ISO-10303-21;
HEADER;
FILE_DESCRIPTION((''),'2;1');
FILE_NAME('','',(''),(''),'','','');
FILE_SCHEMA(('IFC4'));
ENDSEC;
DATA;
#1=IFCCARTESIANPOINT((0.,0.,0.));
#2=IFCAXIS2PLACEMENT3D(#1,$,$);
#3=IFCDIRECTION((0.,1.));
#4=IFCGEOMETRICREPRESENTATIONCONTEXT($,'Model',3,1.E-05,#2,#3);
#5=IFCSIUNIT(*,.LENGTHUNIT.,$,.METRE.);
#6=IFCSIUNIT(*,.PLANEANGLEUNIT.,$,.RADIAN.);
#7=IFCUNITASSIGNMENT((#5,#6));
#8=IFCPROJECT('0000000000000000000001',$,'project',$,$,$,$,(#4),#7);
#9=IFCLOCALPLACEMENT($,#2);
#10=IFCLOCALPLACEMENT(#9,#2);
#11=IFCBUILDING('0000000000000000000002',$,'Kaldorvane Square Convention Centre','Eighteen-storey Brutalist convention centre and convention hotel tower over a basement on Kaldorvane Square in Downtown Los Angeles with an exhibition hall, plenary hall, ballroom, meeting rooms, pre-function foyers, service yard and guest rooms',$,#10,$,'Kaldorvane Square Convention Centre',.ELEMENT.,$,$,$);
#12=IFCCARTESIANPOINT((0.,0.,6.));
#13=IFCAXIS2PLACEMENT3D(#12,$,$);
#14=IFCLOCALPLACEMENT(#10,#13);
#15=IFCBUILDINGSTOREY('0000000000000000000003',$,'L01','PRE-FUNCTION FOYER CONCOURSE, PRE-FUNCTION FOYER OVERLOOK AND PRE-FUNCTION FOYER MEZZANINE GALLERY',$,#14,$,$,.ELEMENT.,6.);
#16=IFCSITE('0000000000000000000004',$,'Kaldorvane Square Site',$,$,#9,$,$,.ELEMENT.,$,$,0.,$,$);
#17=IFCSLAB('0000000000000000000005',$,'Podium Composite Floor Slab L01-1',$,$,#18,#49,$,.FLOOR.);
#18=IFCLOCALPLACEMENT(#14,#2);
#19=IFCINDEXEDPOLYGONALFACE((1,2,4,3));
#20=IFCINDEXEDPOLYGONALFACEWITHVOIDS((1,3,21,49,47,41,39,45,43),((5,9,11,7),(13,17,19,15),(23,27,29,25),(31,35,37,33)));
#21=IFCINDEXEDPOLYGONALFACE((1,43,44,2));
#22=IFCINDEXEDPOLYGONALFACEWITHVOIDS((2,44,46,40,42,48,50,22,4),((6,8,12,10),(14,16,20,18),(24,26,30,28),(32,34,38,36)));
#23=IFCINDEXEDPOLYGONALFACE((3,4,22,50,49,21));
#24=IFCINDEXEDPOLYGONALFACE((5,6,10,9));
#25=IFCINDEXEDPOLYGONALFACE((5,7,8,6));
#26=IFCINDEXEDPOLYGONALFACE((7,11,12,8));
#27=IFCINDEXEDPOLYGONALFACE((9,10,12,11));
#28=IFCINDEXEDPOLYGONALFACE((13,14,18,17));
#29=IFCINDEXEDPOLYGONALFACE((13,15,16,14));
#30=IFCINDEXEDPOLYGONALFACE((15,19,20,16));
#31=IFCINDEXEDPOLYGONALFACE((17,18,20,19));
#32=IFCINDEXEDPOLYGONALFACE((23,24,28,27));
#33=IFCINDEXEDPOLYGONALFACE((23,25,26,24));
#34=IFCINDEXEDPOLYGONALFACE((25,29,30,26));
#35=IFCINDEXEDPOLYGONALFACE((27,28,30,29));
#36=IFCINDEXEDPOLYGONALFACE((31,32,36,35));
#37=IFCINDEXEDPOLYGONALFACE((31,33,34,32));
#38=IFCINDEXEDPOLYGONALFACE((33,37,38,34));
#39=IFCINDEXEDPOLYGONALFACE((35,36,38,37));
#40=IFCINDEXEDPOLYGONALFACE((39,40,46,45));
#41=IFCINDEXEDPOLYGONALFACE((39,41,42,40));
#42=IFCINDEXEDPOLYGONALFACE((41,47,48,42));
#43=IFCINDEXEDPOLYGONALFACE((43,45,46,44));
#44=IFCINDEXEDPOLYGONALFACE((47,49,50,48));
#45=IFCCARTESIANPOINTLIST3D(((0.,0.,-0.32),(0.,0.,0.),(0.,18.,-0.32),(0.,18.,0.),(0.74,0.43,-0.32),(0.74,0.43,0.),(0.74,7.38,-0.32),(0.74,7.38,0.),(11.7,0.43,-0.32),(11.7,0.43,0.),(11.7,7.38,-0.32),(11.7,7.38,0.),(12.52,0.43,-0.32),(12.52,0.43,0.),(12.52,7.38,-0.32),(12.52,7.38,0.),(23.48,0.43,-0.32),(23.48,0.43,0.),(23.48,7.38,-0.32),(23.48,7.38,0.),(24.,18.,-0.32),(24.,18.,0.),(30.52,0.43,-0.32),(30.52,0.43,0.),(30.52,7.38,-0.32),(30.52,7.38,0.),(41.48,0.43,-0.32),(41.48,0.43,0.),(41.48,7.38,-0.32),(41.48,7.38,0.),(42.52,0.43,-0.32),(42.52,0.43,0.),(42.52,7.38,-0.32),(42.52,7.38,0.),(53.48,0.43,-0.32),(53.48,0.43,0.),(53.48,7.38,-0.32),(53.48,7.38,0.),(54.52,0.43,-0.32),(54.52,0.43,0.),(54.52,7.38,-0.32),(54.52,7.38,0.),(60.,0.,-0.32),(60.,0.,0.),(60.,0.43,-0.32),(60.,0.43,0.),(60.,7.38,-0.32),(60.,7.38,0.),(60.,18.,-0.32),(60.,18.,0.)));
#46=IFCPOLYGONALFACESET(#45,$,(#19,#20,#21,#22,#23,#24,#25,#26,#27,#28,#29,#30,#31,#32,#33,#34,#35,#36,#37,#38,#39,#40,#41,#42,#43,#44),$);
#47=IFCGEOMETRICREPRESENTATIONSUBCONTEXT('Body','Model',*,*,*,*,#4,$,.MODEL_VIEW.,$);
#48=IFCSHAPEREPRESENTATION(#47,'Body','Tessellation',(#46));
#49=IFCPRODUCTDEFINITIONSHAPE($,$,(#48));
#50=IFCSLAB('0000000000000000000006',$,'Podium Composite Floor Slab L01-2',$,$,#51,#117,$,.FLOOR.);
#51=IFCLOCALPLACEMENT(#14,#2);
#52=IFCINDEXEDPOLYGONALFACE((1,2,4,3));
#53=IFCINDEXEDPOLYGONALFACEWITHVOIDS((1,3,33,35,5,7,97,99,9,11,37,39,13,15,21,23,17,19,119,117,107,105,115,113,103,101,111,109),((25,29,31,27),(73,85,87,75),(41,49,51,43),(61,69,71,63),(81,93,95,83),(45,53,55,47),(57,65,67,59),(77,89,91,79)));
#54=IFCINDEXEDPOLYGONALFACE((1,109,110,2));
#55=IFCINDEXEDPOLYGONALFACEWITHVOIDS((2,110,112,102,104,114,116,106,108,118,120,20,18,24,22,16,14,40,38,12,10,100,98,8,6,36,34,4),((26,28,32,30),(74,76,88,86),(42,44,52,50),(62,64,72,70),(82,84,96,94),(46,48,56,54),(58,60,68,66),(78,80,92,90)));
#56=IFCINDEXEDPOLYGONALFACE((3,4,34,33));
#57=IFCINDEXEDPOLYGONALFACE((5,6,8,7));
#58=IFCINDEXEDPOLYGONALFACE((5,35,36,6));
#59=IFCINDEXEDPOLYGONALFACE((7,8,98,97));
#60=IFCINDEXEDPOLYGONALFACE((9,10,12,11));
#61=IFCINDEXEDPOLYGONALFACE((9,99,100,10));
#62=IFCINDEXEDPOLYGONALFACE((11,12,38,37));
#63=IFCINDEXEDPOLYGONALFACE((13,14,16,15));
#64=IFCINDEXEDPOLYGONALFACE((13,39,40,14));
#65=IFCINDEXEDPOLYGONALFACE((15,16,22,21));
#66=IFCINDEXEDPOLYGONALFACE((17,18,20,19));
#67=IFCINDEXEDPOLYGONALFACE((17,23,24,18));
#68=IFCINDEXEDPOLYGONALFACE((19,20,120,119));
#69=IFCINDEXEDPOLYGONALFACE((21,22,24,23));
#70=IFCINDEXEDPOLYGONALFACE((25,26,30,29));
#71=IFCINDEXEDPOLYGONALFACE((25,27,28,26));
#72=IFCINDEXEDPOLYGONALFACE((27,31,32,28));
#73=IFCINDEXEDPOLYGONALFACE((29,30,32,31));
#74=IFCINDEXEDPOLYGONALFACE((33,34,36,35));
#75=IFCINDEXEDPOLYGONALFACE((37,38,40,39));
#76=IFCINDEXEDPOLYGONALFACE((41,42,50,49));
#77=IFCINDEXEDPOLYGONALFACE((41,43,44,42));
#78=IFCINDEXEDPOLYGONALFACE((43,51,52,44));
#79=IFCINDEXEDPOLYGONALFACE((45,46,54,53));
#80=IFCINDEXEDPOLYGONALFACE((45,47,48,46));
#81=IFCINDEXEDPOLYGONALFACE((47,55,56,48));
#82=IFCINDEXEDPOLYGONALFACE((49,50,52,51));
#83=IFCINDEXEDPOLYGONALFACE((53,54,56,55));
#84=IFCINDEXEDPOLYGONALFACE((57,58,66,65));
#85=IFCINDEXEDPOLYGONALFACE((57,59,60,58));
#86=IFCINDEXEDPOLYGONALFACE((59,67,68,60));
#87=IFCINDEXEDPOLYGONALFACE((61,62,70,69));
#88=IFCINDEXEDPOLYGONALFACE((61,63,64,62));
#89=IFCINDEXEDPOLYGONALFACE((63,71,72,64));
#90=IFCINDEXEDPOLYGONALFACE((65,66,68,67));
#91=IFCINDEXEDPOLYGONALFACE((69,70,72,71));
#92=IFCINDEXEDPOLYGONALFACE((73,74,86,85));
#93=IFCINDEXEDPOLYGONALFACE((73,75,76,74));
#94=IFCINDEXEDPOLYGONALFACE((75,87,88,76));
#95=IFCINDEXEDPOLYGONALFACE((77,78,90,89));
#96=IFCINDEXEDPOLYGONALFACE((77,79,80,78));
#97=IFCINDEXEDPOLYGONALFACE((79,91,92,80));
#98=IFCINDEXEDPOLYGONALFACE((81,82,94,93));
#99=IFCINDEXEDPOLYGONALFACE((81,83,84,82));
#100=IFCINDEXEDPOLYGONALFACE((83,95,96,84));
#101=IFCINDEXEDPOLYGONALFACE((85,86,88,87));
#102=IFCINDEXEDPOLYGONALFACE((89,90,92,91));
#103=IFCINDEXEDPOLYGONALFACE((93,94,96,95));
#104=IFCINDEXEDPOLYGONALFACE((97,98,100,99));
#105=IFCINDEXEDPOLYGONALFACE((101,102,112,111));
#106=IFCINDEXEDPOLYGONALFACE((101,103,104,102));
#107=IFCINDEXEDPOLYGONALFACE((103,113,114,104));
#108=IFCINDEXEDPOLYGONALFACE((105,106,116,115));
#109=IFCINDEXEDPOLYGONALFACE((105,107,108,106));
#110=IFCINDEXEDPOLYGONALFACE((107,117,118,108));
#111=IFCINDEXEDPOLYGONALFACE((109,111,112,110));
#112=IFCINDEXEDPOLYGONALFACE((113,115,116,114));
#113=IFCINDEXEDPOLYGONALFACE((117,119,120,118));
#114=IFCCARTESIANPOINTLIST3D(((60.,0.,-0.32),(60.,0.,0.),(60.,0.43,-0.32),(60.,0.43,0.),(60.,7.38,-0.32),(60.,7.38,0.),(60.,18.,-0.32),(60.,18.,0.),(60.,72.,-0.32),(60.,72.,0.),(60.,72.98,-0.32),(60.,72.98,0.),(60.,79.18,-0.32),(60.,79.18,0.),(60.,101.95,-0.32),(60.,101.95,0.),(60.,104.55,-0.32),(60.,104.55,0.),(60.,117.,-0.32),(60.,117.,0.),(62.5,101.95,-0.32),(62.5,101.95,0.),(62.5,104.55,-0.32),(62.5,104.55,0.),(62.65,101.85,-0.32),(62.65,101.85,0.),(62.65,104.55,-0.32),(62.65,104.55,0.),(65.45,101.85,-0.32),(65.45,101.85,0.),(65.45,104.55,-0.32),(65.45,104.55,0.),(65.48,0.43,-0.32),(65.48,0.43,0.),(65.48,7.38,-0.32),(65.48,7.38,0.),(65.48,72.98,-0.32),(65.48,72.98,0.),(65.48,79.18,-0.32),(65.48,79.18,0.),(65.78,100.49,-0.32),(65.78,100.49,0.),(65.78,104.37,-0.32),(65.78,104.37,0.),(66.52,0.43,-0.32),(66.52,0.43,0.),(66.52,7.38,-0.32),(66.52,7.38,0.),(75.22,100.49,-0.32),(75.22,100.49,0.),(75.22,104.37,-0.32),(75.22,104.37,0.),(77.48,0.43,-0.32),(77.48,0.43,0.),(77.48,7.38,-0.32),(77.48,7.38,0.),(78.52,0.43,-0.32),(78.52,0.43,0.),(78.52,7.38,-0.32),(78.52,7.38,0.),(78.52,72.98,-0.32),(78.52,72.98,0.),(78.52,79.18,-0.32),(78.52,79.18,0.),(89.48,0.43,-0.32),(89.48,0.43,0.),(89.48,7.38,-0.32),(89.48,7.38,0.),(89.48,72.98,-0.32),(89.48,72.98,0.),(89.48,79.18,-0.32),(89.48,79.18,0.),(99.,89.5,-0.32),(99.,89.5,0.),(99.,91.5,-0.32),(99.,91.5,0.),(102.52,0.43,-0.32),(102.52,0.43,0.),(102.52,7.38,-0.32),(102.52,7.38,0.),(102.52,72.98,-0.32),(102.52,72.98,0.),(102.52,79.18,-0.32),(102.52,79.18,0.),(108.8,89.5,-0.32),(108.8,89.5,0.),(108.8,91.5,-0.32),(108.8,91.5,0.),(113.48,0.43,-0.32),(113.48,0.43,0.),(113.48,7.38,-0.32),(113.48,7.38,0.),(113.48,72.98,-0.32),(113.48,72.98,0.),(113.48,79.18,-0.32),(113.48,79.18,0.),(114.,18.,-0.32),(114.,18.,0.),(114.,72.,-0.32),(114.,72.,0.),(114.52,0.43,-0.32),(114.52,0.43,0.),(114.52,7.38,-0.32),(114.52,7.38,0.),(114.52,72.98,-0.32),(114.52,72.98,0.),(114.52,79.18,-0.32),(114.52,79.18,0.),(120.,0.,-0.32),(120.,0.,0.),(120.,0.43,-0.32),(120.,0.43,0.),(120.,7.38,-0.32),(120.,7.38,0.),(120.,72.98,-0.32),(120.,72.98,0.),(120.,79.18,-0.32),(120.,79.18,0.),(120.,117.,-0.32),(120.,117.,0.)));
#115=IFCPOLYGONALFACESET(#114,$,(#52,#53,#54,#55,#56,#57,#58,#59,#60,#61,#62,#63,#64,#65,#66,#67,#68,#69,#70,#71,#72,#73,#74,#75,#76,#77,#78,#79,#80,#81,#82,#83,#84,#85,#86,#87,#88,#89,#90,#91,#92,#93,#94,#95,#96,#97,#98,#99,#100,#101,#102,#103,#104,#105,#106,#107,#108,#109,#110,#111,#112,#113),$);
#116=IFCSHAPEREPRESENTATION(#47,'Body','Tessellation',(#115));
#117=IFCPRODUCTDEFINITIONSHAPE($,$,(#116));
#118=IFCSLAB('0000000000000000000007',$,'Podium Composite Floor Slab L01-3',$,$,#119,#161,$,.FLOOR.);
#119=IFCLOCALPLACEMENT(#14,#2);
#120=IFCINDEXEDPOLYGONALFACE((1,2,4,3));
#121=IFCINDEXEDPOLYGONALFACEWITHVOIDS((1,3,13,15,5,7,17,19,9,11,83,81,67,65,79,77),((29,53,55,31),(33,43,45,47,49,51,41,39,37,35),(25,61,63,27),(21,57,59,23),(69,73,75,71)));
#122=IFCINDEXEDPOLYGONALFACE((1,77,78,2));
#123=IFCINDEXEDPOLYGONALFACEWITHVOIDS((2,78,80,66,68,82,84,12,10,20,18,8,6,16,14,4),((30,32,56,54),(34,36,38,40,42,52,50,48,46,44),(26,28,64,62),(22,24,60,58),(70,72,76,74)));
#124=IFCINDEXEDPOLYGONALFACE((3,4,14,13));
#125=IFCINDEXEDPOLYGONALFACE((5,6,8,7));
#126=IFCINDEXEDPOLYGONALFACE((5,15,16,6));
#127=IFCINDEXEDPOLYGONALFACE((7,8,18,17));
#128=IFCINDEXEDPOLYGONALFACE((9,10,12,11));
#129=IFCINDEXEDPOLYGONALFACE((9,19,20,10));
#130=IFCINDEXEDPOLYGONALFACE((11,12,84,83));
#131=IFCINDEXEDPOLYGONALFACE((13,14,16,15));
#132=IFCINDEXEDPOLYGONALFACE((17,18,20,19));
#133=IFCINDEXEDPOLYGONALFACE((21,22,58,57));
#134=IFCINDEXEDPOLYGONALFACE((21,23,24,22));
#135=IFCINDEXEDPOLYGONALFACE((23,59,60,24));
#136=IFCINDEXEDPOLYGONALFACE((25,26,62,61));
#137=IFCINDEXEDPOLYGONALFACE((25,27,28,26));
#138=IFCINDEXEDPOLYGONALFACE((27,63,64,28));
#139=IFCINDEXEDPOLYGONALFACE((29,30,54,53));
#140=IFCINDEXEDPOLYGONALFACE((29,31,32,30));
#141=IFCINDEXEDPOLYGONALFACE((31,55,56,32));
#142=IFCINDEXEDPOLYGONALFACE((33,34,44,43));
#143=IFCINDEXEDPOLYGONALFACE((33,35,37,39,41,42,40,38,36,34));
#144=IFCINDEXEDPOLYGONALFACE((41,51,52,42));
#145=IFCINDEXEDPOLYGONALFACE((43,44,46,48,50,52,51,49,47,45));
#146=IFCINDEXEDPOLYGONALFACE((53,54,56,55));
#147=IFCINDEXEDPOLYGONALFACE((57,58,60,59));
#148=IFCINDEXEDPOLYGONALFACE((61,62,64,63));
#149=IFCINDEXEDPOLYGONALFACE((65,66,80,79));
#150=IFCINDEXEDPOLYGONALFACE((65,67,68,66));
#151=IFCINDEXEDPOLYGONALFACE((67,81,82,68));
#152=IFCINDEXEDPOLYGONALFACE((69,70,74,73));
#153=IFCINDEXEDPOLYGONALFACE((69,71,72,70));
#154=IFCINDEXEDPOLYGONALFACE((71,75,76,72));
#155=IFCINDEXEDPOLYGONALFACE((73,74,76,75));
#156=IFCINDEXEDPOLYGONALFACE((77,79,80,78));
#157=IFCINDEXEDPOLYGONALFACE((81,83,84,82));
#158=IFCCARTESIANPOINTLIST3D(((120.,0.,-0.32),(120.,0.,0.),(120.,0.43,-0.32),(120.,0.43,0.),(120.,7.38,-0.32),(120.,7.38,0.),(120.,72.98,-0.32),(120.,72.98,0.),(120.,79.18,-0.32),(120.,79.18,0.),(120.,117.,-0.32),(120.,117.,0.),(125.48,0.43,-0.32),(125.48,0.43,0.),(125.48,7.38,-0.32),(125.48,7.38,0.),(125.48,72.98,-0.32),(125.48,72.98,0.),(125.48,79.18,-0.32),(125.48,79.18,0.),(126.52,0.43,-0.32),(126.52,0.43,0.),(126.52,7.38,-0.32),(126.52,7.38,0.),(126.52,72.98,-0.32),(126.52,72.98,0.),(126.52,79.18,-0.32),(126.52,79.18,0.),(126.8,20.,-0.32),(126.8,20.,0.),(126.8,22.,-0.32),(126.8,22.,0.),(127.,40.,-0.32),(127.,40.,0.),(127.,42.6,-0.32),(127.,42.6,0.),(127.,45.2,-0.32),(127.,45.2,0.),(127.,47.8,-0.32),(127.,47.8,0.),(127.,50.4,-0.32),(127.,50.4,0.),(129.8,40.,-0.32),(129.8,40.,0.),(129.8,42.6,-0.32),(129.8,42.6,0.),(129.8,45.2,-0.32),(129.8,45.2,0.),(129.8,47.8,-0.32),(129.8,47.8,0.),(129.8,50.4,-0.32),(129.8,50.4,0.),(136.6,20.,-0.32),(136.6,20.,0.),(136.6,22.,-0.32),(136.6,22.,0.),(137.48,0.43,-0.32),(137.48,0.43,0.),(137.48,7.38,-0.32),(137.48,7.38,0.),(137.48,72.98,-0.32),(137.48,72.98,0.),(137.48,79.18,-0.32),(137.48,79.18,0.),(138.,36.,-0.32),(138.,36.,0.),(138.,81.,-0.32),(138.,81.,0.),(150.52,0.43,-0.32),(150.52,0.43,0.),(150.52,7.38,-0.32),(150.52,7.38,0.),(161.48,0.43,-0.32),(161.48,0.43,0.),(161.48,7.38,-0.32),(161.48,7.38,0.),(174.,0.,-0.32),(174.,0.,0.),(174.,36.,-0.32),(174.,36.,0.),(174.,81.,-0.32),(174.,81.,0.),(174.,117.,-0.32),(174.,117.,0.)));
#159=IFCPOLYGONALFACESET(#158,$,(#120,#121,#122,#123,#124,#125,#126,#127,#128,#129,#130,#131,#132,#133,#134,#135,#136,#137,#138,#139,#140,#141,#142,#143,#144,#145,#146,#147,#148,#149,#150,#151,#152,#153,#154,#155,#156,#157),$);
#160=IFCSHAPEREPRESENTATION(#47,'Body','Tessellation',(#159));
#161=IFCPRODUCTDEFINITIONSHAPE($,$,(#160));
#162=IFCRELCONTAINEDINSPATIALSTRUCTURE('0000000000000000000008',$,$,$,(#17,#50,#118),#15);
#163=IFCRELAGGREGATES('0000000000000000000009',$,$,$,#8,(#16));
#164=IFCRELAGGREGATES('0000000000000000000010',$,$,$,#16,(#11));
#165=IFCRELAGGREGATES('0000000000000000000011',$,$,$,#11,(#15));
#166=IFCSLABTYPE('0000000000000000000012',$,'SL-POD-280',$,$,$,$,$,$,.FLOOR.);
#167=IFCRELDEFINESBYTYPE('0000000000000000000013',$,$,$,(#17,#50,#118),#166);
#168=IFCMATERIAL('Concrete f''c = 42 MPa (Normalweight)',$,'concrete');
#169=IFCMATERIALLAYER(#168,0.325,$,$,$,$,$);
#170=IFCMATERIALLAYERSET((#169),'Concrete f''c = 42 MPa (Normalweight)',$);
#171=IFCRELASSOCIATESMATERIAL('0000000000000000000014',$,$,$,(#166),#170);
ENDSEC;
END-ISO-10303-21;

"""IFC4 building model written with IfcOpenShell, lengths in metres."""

from ifc_helpers import new_model, si_unit, direction, frame, origin, place, context, subcontext, project, spatial, polyline, outline, extrude, material, layer, layer_set, type_object, element, save


model = new_model("IFC4")

# Units and contexts
model_context = context("Model", 3, precision=1e-05, world=origin(), true_north=direction((0.0, 1.0)))
body_context = subcontext(model_context, "Body", "Model", "MODEL_VIEW")
ifc_project = project(units=[si_unit("LENGTHUNIT", "METRE"), si_unit("PLANEANGLEUNIT", "RADIAN")], contexts=[model_context])

# Site, building, storey
site_placement = place(None, origin())
site = spatial("IfcSite", under=ifc_project, at=site_placement, Name="Kaldorvane Square Site", CompositionType="ELEMENT", RefElevation=0.0)
building_placement = place(site_placement, origin())
building = spatial("IfcBuilding", under=site, at=building_placement, Name="Kaldorvane Square Convention Centre", Description="Eighteen-storey Brutalist convention centre and convention hotel tower over a basement on Kaldorvane Square in Downtown Los Angeles with an exhibition hall, plenary hall, ballroom, meeting rooms, pre-function foyers, service yard and guest rooms", LongName="Kaldorvane Square Convention Centre", CompositionType="ELEMENT")
storey_placement = place(building_placement, frame((0.0, 0.0, 6.0)))
storey = spatial("IfcBuildingStorey", under=building, at=storey_placement, Name="L01", Description="PRE-FUNCTION FOYER CONCOURSE, PRE-FUNCTION FOYER OVERLOOK AND PRE-FUNCTION FOYER MEZZANINE GALLERY", CompositionType="ELEMENT", Elevation=6.0)

# Slabs
ifc_material_1 = material(Name="Concrete f'c = 42 MPa (Normalweight)", Category="concrete")
ifc_layer_1 = layer(ifc_material_1, 0.325)
ifc_layer_set_1 = layer_set([ifc_layer_1], Name="Concrete f'c = 42 MPa (Normalweight)")
slab_type_1 = type_object("IfcSlabType", Name="SL-POD-280", PredefinedType="FLOOR", material=ifc_layer_set_1)
slab_1_placement = place(storey_placement, frame((0.0, 0.0, -0.32)))
element("IfcSlab", 1, at=slab_1_placement, inside=storey, type_object=slab_type_1, Name="Podium Composite Floor Slab L01-1", PredefinedType="FLOOR", context=body_context, shape_type="SweptSolid", body=[
    extrude(outline(polyline([(0.0, 0.0), (0.0, 18.0), (24.0, 18.0), (60.0, 18.0), (60.0, 7.38), (54.52, 7.38), (54.52, 0.43), (60.0, 0.43), (60.0, 0.0), (0.0, 0.0)]), holes=[polyline([(11.7, 0.43), (11.7, 7.38), (0.74, 7.38), (0.74, 0.43), (11.7, 0.43)]), polyline([(23.48, 0.43), (23.48, 7.38), (12.52, 7.38), (12.52, 0.43), (23.48, 0.43)]), polyline([(41.48, 0.43), (41.48, 7.38), (30.52, 7.38), (30.52, 0.43), (41.48, 0.43)]), polyline([(53.48, 0.43), (53.48, 7.38), (42.52, 7.38), (42.52, 0.43), (53.48, 0.43)])]), origin(), (0.0, 0.0, 1.0), 0.32),
])
slab_2_placement = place(storey_placement, frame((0.0, 0.0, -0.32)))
element("IfcSlab", 2, at=slab_2_placement, inside=storey, type_object=slab_type_1, Name="Podium Composite Floor Slab L01-2", PredefinedType="FLOOR", context=body_context, shape_type="SweptSolid", body=[
    extrude(outline(polyline([(120.0, 117.0), (120.0, 79.18), (114.52, 79.18), (114.52, 72.98), (120.0, 72.98), (120.0, 7.38), (114.52, 7.38), (114.52, 0.43), (120.0, 0.43), (120.0, 0.0), (60.0, 0.0), (60.0, 0.43), (65.48, 0.43), (65.48, 7.38), (60.0, 7.38), (60.0, 18.0), (114.0, 18.0), (114.0, 72.0), (60.0, 72.0), (60.0, 72.98), (65.48, 72.98), (65.48, 79.18), (60.0, 79.18), (60.0, 101.95), (62.5, 101.95), (62.5, 104.55), (60.0, 104.55), (60.0, 117.0), (120.0, 117.0)]), holes=[polyline([(65.45, 101.85), (65.45, 104.55), (62.65, 104.55), (62.65, 101.85), (65.45, 101.85)]), polyline([(113.48, 0.43), (113.48, 7.38), (102.52, 7.38), (102.52, 0.43), (113.48, 0.43)]), polyline([(89.48, 0.43), (89.48, 7.38), (78.52, 7.38), (78.52, 0.43), (89.48, 0.43)]), polyline([(77.48, 0.43), (77.48, 7.38), (66.52, 7.38), (66.52, 0.43), (77.48, 0.43)]), polyline([(113.48, 72.98), (113.48, 79.18), (102.52, 79.18), (102.52, 72.98), (113.48, 72.98)]), polyline([(89.48, 72.98), (89.48, 79.18), (78.52, 79.18), (78.52, 72.98), (89.48, 72.98)]), polyline([(99.0, 89.5), (108.8, 89.5), (108.8, 91.5), (99.0, 91.5), (99.0, 89.5)]), polyline([(65.78, 100.49), (75.22, 100.49), (75.22, 104.37), (65.78, 104.37), (65.78, 100.49)])]), origin(), (0.0, 0.0, 1.0), 0.32),
])
slab_3_placement = place(storey_placement, frame((0.0, 0.0, -0.32)))
element("IfcSlab", 3, at=slab_3_placement, inside=storey, type_object=slab_type_1, Name="Podium Composite Floor Slab L01-3", PredefinedType="FLOOR", context=body_context, shape_type="SweptSolid", body=[
    extrude(outline(polyline([(174.0, 117.0), (174.0, 81.0), (138.0, 81.0), (138.0, 36.0), (174.0, 36.0), (174.0, 0.0), (120.0, 0.0), (120.0, 0.43), (125.48, 0.43), (125.48, 7.38), (120.0, 7.38), (120.0, 72.98), (125.48, 72.98), (125.48, 79.18), (120.0, 79.18), (120.0, 117.0), (174.0, 117.0)]), holes=[polyline([(161.48, 0.43), (161.48, 7.38), (150.52, 7.38), (150.52, 0.43), (161.48, 0.43)]), polyline([(137.48, 0.43), (137.48, 7.38), (126.52, 7.38), (126.52, 0.43), (137.48, 0.43)]), polyline([(136.6, 20.0), (136.6, 22.0), (126.8, 22.0), (126.8, 20.0), (136.6, 20.0)]), polyline([(129.8, 45.2), (129.8, 47.8), (129.8, 50.4), (127.0, 50.4), (127.0, 47.8), (127.0, 45.2), (127.0, 42.6), (127.0, 40.0), (129.8, 40.0), (129.8, 42.6), (129.8, 45.2)]), polyline([(137.48, 72.98), (137.48, 79.18), (126.52, 79.18), (126.52, 72.98), (137.48, 72.98)])]), origin(), (0.0, 0.0, 1.0), 0.32),
])

save(model, "model.ifc")
